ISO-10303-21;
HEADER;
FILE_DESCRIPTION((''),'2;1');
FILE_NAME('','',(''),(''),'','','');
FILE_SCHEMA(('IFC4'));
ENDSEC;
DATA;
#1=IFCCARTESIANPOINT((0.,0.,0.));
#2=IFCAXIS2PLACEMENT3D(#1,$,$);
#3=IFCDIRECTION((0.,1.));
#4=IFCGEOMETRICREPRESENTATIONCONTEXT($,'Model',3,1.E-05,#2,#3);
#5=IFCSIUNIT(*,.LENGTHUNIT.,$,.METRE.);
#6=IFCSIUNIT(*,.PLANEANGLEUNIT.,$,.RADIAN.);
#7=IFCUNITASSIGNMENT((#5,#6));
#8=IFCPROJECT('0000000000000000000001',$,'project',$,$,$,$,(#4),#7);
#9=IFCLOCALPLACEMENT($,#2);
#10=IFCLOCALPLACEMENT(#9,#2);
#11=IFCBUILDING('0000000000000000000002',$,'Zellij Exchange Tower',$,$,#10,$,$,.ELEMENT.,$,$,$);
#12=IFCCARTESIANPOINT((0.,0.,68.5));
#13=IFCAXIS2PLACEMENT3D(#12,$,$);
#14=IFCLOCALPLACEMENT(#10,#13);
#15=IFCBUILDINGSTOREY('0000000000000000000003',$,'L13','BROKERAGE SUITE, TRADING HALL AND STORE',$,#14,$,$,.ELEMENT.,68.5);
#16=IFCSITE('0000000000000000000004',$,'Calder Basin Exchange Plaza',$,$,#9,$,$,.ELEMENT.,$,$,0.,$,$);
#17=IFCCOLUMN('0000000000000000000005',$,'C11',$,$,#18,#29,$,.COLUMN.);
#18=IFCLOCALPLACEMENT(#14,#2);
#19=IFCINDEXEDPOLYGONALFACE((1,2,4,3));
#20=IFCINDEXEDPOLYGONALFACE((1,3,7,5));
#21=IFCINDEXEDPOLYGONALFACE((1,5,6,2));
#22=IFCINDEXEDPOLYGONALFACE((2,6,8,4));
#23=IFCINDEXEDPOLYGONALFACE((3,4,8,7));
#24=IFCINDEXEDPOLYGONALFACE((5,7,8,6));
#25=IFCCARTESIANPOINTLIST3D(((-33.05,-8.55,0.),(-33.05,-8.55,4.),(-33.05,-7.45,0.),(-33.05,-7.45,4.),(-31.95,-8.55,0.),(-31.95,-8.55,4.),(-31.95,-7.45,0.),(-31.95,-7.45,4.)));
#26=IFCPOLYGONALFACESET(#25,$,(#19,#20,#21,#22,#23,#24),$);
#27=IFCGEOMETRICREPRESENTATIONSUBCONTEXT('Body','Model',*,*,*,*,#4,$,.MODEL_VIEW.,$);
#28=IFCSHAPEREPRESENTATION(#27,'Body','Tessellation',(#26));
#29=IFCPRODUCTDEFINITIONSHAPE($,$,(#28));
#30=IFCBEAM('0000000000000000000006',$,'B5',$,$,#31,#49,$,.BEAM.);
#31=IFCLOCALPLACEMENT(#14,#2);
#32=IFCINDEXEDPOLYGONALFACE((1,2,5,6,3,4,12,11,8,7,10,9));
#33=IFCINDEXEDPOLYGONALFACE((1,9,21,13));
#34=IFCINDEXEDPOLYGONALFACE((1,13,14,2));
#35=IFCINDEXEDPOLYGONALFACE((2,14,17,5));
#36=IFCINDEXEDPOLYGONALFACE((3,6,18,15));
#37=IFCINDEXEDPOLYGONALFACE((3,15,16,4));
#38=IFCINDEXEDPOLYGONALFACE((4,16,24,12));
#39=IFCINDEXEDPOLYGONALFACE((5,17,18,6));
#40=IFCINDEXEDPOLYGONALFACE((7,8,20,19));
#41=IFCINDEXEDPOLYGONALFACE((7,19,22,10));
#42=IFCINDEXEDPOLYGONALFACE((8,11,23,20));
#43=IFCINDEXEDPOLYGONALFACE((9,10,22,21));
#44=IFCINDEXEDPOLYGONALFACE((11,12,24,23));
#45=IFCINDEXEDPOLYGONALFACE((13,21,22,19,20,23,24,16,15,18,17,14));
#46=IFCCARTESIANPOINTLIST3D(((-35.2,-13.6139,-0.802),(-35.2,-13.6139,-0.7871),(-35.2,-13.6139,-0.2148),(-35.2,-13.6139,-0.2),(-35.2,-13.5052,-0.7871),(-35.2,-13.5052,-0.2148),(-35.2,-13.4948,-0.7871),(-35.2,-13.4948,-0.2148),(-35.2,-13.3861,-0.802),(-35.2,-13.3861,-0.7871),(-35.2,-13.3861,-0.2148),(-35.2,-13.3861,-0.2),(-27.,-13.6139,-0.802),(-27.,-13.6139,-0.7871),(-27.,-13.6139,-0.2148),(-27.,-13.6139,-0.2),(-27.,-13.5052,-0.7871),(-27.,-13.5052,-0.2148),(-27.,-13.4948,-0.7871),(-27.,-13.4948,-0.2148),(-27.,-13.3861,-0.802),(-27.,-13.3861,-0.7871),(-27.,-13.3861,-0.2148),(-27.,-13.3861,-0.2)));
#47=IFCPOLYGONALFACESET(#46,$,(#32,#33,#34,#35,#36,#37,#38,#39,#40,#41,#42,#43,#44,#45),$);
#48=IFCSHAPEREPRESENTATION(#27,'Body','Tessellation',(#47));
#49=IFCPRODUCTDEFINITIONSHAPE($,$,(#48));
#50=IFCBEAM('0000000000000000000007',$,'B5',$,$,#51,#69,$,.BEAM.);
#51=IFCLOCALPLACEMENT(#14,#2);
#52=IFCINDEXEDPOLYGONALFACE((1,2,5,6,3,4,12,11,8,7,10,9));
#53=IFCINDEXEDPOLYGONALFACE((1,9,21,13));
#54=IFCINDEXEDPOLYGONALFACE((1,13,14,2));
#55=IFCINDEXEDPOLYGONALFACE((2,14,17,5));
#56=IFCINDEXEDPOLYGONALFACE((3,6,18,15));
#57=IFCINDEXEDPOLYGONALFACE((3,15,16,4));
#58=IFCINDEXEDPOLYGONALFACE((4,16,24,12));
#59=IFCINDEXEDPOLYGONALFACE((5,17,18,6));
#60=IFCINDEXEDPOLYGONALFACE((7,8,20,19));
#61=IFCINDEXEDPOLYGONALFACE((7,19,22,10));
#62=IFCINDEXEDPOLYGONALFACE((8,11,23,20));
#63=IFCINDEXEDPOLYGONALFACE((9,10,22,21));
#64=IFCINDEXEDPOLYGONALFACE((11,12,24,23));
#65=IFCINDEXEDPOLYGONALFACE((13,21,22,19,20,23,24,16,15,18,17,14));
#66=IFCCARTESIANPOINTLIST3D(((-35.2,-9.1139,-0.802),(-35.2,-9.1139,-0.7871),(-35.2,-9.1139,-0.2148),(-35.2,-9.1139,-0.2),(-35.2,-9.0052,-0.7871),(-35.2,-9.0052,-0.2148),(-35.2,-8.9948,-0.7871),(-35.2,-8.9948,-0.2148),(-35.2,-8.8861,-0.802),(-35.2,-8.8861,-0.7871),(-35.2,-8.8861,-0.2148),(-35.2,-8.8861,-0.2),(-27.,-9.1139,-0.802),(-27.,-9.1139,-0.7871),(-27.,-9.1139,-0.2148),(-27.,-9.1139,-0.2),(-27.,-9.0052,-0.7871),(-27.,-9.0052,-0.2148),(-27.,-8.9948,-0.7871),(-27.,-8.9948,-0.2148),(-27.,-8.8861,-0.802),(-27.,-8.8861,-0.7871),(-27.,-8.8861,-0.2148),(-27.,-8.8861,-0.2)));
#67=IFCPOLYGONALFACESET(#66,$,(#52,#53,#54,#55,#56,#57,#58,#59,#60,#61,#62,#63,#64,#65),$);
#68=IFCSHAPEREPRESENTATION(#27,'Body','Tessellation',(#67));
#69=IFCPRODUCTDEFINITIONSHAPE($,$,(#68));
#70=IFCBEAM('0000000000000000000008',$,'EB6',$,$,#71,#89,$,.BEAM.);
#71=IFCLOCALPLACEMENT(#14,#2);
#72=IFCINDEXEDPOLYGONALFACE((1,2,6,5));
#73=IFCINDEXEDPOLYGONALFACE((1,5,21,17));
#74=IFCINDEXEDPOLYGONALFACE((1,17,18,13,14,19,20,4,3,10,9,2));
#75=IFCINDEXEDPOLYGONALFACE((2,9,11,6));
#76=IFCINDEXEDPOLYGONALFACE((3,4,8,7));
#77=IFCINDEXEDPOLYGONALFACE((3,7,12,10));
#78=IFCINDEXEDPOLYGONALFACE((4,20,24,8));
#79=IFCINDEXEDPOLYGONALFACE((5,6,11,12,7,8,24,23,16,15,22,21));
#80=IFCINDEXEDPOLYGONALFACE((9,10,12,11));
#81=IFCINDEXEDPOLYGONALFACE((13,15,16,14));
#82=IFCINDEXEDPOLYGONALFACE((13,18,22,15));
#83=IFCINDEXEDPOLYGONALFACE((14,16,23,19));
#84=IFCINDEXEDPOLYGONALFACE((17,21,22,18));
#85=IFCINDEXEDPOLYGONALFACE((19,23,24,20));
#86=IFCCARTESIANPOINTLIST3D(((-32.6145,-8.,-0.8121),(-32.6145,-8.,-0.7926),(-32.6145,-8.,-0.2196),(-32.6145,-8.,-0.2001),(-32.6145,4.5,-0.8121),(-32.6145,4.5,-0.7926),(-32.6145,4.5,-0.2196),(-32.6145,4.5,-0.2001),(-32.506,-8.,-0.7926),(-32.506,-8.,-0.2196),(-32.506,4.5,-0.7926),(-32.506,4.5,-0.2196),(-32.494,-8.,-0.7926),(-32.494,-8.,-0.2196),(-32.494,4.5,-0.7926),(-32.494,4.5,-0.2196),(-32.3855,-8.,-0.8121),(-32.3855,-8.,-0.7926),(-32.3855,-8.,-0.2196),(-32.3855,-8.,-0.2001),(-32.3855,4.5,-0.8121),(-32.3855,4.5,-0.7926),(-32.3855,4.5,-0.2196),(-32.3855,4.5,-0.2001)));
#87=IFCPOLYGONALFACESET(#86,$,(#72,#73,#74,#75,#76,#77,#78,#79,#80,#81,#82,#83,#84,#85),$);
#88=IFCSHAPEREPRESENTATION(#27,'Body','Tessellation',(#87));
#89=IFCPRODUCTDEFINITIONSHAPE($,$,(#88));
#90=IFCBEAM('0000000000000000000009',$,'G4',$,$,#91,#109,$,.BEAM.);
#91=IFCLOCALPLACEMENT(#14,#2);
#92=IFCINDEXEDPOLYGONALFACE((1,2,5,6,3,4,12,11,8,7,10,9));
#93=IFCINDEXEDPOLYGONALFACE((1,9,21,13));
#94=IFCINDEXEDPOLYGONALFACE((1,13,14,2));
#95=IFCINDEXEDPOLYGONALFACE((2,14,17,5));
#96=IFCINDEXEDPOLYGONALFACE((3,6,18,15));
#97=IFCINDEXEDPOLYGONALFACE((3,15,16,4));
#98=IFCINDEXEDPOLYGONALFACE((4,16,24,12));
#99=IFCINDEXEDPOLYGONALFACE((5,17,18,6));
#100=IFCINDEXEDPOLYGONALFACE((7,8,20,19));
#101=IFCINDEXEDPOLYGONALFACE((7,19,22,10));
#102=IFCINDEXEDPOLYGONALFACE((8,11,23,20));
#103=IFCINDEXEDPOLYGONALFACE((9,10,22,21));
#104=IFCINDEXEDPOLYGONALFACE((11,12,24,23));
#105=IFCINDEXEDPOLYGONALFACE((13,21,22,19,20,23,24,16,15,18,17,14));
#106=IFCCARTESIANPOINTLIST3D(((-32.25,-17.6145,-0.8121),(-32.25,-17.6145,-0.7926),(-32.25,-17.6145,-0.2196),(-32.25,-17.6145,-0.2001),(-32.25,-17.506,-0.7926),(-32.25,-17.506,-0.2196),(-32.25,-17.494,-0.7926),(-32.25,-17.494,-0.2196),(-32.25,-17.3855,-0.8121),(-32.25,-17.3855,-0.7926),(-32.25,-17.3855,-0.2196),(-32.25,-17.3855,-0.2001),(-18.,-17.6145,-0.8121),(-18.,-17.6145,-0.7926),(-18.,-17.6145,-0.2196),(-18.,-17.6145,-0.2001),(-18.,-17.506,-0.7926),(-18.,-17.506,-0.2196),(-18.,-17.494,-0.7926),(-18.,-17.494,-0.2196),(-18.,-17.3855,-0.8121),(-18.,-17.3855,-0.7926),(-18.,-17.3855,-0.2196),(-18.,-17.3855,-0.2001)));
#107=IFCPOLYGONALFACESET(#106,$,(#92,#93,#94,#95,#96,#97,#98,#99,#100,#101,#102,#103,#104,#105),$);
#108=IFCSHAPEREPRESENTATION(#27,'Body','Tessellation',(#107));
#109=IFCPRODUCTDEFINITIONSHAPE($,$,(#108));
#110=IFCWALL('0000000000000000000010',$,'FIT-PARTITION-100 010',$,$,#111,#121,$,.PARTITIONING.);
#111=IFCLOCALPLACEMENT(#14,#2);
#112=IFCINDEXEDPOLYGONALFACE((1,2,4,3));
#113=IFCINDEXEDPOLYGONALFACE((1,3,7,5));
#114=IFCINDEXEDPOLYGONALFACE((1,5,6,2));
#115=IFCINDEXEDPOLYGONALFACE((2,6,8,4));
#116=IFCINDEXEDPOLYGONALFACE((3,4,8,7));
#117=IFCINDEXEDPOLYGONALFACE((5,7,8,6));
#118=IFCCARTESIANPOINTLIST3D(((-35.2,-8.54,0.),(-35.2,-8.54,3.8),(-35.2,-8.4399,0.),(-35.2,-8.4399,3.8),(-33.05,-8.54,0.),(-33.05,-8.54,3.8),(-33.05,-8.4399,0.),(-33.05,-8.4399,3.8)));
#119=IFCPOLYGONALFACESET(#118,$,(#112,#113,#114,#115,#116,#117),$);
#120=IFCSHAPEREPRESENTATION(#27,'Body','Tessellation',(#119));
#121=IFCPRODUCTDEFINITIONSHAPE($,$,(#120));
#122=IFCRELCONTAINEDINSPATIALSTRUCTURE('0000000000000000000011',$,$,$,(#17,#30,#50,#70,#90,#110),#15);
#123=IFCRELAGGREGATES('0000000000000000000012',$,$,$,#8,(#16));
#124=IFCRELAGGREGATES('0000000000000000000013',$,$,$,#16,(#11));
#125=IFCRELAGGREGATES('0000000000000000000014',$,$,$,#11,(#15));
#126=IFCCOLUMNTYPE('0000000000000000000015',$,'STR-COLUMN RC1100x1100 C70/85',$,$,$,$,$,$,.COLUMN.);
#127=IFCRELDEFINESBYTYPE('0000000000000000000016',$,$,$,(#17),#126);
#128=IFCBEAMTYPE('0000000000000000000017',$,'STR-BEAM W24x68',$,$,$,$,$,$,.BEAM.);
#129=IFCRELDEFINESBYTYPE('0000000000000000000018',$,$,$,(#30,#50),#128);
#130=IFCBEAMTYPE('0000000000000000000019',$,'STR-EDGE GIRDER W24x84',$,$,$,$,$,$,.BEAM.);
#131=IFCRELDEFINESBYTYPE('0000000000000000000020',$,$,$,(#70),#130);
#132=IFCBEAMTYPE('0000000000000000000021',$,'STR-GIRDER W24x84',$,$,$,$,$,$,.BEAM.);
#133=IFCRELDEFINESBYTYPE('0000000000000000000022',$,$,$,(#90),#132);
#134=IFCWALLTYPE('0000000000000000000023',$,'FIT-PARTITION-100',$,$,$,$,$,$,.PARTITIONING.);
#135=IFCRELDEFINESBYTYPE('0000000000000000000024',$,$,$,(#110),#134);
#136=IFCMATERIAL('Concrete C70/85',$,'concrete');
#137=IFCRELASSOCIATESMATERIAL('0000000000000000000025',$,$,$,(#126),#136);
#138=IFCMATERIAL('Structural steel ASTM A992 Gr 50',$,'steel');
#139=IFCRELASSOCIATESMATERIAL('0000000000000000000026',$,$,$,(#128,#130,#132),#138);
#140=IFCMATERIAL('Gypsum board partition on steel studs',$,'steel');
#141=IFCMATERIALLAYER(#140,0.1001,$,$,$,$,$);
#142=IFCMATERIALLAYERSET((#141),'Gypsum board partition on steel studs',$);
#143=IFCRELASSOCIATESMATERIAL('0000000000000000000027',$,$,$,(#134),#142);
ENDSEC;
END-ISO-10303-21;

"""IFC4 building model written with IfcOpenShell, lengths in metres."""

from ifc_helpers import new_model, si_unit, direction, frame, frame_2d, origin, origin_2d, place, context, subcontext, project, spatial, rectangle, i_section, extrude, material, layer, layer_set, material_profile, profile_set, type_object, element, save


model = new_model("IFC4")

# Units and contexts
model_context = context("Model", 3, precision=1e-05, world=origin(), true_north=direction((0.0, 1.0)))
body_context = subcontext(model_context, "Body", "Model", "MODEL_VIEW")
ifc_project = project(units=[si_unit("LENGTHUNIT", "METRE"), si_unit("PLANEANGLEUNIT", "RADIAN")], contexts=[model_context])

# Site, building, storey
site_placement = place(None, origin())
site = spatial("IfcSite", under=ifc_project, at=site_placement, Name="Calder Basin Exchange Plaza", CompositionType="ELEMENT", RefElevation=0.0)
building_placement = place(site_placement, origin())
building = spatial("IfcBuilding", under=site, at=building_placement, Name="Zellij Exchange Tower", CompositionType="ELEMENT")
storey_placement = place(building_placement, frame((0.0, 0.0, 68.5)))
storey = spatial("IfcBuildingStorey", under=building, at=storey_placement, Name="L13", Description="BROKERAGE SUITE, TRADING HALL AND STORE", CompositionType="ELEMENT", Elevation=68.5)

# Column
ifc_material_1 = material(Name="Concrete C70/85", Category="concrete")
ifc_material_profile_1 = material_profile(ifc_material_1, rectangle(XDim=1.1001, YDim=1.1001, at=origin_2d()), Name="STR-COLUMN RC1100x1100 C70/85")
ifc_profile_set_1 = profile_set([ifc_material_profile_1], Name="Concrete C70/85")
column_type = type_object("IfcColumnType", Name="STR-COLUMN RC1100x1100 C70/85", PredefinedType="COLUMN", material=ifc_profile_set_1)
column_placement = place(storey_placement, frame((-32.5, -8.0, 0.0), z_axis=(0.0, 0.0, 1.0), x_axis=(1.0, 0.0, 0.0)))
element("IfcColumn", 1, at=column_placement, inside=storey, type_object=column_type, Name="C11", PredefinedType="COLUMN", context=body_context, shape_type="SweptSolid", body=[
    extrude(rectangle(XDim=1.1001, YDim=1.1001, at=origin_2d()), origin(), (0.0, 0.0, 1.0), 4.0),
])

# Beams
ifc_material_2 = material(Name="Structural steel ASTM A992 Gr 50", Category="steel")
ifc_material_profile_2 = material_profile(ifc_material_2, i_section(OverallWidth=0.2278, OverallDepth=0.6021, WebThickness=0.0105, FlangeThickness=0.0149, at=origin_2d()), Name="W24x68")
ifc_profile_set_2 = profile_set([ifc_material_profile_2], Name="Structural steel ASTM A992 Gr 50")
beam_type_1 = type_object("IfcBeamType", Name="STR-BEAM W24x68", PredefinedType="BEAM", material=ifc_profile_set_2)
for number, where, z_axis, x_axis, name in (
    (2, (-35.2, -13.5, -0.501), (1.0, 0.0, 0.0), (0.0, 1.0, 0.0), "B5"),
    (3, (-35.2, -9.0, -0.501), (1.0, 0.0, 0.0), (0.0, 1.0, 0.0), "B5"),
):
    element("IfcBeam", number, at=place(storey_placement, frame(where, z_axis=z_axis, x_axis=x_axis)), inside=storey, type_object=beam_type_1, Name=name, PredefinedType="BEAM", context=body_context, shape_type="SweptSolid", body=[
        extrude(i_section(OverallWidth=0.2278, OverallDepth=0.6021, WebThickness=0.0105, FlangeThickness=0.0149, at=origin_2d()), origin(), (0.0, 0.0, 1.0), 8.2),
    ])
ifc_material_profile_3 = material_profile(ifc_material_2, i_section(OverallWidth=0.229, OverallDepth=0.6121, WebThickness=0.012, FlangeThickness=0.0195, at=origin_2d()), Name="W24x84")
ifc_profile_set_3 = profile_set([ifc_material_profile_3], Name="Structural steel ASTM A992 Gr 50")
beam_type_2 = type_object("IfcBeamType", Name="STR-EDGE GIRDER W24x84", PredefinedType="BEAM", material=ifc_profile_set_3)
beam_1_placement = place(storey_placement, frame((-32.5, -8.0, -0.5061), z_axis=(0.0, 1.0, 0.0), x_axis=(-1.0, 0.0, 0.0)))
element("IfcBeam", 4, at=beam_1_placement, inside=storey, type_object=beam_type_2, Name="EB6", PredefinedType="BEAM", context=body_context, shape_type="SweptSolid", body=[
    extrude(i_section(OverallWidth=0.229, OverallDepth=0.6121, WebThickness=0.012, FlangeThickness=0.0195, at=origin_2d()), origin(), (0.0, 0.0, 1.0), 12.5),
])
ifc_material_profile_4 = material_profile(ifc_material_2, i_section(OverallWidth=0.229, OverallDepth=0.6121, WebThickness=0.012, FlangeThickness=0.0195, at=origin_2d()), Name="W24x84")
ifc_profile_set_4 = profile_set([ifc_material_profile_4], Name="Structural steel ASTM A992 Gr 50")
beam_type_3 = type_object("IfcBeamType", Name="STR-GIRDER W24x84", PredefinedType="BEAM", material=ifc_profile_set_4)
beam_2_placement = place(storey_placement, frame((-32.25, -17.5, -0.5061), z_axis=(1.0, 0.0, 0.0), x_axis=(0.0, 1.0, 0.0)))
element("IfcBeam", 5, at=beam_2_placement, inside=storey, type_object=beam_type_3, Name="G4", PredefinedType="BEAM", context=body_context, shape_type="SweptSolid", body=[
    extrude(i_section(OverallWidth=0.229, OverallDepth=0.6121, WebThickness=0.012, FlangeThickness=0.0195, at=origin_2d()), origin(), (0.0, 0.0, 1.0), 14.25),
])

# Wall
ifc_material_3 = material(Name="Gypsum board partition on steel studs", Category="steel")
ifc_layer_1 = layer(ifc_material_3, 0.1001)
ifc_layer_set_1 = layer_set([ifc_layer_1], Name="Gypsum board partition on steel studs")
wall_type = type_object("IfcWallType", Name="FIT-PARTITION-100", PredefinedType="PARTITIONING", material=ifc_layer_set_1)
wall_1_placement = place(storey_placement, frame((-35.2, -8.49, 0.0), z_axis=(0.0, 0.0, 1.0), x_axis=(1.0, 0.0, 0.0)))
element("IfcWall", 6, at=wall_1_placement, inside=storey, type_object=wall_type, Name="FIT-PARTITION-100 010", PredefinedType="PARTITIONING", context=body_context, shape_type="SweptSolid", body=[
    extrude(rectangle(XDim=2.1499, YDim=0.1001, at=frame_2d((1.075, 0.0))), origin(), (0.0, 0.0, 1.0), 3.8),
])

save(model, "model.ifc")
